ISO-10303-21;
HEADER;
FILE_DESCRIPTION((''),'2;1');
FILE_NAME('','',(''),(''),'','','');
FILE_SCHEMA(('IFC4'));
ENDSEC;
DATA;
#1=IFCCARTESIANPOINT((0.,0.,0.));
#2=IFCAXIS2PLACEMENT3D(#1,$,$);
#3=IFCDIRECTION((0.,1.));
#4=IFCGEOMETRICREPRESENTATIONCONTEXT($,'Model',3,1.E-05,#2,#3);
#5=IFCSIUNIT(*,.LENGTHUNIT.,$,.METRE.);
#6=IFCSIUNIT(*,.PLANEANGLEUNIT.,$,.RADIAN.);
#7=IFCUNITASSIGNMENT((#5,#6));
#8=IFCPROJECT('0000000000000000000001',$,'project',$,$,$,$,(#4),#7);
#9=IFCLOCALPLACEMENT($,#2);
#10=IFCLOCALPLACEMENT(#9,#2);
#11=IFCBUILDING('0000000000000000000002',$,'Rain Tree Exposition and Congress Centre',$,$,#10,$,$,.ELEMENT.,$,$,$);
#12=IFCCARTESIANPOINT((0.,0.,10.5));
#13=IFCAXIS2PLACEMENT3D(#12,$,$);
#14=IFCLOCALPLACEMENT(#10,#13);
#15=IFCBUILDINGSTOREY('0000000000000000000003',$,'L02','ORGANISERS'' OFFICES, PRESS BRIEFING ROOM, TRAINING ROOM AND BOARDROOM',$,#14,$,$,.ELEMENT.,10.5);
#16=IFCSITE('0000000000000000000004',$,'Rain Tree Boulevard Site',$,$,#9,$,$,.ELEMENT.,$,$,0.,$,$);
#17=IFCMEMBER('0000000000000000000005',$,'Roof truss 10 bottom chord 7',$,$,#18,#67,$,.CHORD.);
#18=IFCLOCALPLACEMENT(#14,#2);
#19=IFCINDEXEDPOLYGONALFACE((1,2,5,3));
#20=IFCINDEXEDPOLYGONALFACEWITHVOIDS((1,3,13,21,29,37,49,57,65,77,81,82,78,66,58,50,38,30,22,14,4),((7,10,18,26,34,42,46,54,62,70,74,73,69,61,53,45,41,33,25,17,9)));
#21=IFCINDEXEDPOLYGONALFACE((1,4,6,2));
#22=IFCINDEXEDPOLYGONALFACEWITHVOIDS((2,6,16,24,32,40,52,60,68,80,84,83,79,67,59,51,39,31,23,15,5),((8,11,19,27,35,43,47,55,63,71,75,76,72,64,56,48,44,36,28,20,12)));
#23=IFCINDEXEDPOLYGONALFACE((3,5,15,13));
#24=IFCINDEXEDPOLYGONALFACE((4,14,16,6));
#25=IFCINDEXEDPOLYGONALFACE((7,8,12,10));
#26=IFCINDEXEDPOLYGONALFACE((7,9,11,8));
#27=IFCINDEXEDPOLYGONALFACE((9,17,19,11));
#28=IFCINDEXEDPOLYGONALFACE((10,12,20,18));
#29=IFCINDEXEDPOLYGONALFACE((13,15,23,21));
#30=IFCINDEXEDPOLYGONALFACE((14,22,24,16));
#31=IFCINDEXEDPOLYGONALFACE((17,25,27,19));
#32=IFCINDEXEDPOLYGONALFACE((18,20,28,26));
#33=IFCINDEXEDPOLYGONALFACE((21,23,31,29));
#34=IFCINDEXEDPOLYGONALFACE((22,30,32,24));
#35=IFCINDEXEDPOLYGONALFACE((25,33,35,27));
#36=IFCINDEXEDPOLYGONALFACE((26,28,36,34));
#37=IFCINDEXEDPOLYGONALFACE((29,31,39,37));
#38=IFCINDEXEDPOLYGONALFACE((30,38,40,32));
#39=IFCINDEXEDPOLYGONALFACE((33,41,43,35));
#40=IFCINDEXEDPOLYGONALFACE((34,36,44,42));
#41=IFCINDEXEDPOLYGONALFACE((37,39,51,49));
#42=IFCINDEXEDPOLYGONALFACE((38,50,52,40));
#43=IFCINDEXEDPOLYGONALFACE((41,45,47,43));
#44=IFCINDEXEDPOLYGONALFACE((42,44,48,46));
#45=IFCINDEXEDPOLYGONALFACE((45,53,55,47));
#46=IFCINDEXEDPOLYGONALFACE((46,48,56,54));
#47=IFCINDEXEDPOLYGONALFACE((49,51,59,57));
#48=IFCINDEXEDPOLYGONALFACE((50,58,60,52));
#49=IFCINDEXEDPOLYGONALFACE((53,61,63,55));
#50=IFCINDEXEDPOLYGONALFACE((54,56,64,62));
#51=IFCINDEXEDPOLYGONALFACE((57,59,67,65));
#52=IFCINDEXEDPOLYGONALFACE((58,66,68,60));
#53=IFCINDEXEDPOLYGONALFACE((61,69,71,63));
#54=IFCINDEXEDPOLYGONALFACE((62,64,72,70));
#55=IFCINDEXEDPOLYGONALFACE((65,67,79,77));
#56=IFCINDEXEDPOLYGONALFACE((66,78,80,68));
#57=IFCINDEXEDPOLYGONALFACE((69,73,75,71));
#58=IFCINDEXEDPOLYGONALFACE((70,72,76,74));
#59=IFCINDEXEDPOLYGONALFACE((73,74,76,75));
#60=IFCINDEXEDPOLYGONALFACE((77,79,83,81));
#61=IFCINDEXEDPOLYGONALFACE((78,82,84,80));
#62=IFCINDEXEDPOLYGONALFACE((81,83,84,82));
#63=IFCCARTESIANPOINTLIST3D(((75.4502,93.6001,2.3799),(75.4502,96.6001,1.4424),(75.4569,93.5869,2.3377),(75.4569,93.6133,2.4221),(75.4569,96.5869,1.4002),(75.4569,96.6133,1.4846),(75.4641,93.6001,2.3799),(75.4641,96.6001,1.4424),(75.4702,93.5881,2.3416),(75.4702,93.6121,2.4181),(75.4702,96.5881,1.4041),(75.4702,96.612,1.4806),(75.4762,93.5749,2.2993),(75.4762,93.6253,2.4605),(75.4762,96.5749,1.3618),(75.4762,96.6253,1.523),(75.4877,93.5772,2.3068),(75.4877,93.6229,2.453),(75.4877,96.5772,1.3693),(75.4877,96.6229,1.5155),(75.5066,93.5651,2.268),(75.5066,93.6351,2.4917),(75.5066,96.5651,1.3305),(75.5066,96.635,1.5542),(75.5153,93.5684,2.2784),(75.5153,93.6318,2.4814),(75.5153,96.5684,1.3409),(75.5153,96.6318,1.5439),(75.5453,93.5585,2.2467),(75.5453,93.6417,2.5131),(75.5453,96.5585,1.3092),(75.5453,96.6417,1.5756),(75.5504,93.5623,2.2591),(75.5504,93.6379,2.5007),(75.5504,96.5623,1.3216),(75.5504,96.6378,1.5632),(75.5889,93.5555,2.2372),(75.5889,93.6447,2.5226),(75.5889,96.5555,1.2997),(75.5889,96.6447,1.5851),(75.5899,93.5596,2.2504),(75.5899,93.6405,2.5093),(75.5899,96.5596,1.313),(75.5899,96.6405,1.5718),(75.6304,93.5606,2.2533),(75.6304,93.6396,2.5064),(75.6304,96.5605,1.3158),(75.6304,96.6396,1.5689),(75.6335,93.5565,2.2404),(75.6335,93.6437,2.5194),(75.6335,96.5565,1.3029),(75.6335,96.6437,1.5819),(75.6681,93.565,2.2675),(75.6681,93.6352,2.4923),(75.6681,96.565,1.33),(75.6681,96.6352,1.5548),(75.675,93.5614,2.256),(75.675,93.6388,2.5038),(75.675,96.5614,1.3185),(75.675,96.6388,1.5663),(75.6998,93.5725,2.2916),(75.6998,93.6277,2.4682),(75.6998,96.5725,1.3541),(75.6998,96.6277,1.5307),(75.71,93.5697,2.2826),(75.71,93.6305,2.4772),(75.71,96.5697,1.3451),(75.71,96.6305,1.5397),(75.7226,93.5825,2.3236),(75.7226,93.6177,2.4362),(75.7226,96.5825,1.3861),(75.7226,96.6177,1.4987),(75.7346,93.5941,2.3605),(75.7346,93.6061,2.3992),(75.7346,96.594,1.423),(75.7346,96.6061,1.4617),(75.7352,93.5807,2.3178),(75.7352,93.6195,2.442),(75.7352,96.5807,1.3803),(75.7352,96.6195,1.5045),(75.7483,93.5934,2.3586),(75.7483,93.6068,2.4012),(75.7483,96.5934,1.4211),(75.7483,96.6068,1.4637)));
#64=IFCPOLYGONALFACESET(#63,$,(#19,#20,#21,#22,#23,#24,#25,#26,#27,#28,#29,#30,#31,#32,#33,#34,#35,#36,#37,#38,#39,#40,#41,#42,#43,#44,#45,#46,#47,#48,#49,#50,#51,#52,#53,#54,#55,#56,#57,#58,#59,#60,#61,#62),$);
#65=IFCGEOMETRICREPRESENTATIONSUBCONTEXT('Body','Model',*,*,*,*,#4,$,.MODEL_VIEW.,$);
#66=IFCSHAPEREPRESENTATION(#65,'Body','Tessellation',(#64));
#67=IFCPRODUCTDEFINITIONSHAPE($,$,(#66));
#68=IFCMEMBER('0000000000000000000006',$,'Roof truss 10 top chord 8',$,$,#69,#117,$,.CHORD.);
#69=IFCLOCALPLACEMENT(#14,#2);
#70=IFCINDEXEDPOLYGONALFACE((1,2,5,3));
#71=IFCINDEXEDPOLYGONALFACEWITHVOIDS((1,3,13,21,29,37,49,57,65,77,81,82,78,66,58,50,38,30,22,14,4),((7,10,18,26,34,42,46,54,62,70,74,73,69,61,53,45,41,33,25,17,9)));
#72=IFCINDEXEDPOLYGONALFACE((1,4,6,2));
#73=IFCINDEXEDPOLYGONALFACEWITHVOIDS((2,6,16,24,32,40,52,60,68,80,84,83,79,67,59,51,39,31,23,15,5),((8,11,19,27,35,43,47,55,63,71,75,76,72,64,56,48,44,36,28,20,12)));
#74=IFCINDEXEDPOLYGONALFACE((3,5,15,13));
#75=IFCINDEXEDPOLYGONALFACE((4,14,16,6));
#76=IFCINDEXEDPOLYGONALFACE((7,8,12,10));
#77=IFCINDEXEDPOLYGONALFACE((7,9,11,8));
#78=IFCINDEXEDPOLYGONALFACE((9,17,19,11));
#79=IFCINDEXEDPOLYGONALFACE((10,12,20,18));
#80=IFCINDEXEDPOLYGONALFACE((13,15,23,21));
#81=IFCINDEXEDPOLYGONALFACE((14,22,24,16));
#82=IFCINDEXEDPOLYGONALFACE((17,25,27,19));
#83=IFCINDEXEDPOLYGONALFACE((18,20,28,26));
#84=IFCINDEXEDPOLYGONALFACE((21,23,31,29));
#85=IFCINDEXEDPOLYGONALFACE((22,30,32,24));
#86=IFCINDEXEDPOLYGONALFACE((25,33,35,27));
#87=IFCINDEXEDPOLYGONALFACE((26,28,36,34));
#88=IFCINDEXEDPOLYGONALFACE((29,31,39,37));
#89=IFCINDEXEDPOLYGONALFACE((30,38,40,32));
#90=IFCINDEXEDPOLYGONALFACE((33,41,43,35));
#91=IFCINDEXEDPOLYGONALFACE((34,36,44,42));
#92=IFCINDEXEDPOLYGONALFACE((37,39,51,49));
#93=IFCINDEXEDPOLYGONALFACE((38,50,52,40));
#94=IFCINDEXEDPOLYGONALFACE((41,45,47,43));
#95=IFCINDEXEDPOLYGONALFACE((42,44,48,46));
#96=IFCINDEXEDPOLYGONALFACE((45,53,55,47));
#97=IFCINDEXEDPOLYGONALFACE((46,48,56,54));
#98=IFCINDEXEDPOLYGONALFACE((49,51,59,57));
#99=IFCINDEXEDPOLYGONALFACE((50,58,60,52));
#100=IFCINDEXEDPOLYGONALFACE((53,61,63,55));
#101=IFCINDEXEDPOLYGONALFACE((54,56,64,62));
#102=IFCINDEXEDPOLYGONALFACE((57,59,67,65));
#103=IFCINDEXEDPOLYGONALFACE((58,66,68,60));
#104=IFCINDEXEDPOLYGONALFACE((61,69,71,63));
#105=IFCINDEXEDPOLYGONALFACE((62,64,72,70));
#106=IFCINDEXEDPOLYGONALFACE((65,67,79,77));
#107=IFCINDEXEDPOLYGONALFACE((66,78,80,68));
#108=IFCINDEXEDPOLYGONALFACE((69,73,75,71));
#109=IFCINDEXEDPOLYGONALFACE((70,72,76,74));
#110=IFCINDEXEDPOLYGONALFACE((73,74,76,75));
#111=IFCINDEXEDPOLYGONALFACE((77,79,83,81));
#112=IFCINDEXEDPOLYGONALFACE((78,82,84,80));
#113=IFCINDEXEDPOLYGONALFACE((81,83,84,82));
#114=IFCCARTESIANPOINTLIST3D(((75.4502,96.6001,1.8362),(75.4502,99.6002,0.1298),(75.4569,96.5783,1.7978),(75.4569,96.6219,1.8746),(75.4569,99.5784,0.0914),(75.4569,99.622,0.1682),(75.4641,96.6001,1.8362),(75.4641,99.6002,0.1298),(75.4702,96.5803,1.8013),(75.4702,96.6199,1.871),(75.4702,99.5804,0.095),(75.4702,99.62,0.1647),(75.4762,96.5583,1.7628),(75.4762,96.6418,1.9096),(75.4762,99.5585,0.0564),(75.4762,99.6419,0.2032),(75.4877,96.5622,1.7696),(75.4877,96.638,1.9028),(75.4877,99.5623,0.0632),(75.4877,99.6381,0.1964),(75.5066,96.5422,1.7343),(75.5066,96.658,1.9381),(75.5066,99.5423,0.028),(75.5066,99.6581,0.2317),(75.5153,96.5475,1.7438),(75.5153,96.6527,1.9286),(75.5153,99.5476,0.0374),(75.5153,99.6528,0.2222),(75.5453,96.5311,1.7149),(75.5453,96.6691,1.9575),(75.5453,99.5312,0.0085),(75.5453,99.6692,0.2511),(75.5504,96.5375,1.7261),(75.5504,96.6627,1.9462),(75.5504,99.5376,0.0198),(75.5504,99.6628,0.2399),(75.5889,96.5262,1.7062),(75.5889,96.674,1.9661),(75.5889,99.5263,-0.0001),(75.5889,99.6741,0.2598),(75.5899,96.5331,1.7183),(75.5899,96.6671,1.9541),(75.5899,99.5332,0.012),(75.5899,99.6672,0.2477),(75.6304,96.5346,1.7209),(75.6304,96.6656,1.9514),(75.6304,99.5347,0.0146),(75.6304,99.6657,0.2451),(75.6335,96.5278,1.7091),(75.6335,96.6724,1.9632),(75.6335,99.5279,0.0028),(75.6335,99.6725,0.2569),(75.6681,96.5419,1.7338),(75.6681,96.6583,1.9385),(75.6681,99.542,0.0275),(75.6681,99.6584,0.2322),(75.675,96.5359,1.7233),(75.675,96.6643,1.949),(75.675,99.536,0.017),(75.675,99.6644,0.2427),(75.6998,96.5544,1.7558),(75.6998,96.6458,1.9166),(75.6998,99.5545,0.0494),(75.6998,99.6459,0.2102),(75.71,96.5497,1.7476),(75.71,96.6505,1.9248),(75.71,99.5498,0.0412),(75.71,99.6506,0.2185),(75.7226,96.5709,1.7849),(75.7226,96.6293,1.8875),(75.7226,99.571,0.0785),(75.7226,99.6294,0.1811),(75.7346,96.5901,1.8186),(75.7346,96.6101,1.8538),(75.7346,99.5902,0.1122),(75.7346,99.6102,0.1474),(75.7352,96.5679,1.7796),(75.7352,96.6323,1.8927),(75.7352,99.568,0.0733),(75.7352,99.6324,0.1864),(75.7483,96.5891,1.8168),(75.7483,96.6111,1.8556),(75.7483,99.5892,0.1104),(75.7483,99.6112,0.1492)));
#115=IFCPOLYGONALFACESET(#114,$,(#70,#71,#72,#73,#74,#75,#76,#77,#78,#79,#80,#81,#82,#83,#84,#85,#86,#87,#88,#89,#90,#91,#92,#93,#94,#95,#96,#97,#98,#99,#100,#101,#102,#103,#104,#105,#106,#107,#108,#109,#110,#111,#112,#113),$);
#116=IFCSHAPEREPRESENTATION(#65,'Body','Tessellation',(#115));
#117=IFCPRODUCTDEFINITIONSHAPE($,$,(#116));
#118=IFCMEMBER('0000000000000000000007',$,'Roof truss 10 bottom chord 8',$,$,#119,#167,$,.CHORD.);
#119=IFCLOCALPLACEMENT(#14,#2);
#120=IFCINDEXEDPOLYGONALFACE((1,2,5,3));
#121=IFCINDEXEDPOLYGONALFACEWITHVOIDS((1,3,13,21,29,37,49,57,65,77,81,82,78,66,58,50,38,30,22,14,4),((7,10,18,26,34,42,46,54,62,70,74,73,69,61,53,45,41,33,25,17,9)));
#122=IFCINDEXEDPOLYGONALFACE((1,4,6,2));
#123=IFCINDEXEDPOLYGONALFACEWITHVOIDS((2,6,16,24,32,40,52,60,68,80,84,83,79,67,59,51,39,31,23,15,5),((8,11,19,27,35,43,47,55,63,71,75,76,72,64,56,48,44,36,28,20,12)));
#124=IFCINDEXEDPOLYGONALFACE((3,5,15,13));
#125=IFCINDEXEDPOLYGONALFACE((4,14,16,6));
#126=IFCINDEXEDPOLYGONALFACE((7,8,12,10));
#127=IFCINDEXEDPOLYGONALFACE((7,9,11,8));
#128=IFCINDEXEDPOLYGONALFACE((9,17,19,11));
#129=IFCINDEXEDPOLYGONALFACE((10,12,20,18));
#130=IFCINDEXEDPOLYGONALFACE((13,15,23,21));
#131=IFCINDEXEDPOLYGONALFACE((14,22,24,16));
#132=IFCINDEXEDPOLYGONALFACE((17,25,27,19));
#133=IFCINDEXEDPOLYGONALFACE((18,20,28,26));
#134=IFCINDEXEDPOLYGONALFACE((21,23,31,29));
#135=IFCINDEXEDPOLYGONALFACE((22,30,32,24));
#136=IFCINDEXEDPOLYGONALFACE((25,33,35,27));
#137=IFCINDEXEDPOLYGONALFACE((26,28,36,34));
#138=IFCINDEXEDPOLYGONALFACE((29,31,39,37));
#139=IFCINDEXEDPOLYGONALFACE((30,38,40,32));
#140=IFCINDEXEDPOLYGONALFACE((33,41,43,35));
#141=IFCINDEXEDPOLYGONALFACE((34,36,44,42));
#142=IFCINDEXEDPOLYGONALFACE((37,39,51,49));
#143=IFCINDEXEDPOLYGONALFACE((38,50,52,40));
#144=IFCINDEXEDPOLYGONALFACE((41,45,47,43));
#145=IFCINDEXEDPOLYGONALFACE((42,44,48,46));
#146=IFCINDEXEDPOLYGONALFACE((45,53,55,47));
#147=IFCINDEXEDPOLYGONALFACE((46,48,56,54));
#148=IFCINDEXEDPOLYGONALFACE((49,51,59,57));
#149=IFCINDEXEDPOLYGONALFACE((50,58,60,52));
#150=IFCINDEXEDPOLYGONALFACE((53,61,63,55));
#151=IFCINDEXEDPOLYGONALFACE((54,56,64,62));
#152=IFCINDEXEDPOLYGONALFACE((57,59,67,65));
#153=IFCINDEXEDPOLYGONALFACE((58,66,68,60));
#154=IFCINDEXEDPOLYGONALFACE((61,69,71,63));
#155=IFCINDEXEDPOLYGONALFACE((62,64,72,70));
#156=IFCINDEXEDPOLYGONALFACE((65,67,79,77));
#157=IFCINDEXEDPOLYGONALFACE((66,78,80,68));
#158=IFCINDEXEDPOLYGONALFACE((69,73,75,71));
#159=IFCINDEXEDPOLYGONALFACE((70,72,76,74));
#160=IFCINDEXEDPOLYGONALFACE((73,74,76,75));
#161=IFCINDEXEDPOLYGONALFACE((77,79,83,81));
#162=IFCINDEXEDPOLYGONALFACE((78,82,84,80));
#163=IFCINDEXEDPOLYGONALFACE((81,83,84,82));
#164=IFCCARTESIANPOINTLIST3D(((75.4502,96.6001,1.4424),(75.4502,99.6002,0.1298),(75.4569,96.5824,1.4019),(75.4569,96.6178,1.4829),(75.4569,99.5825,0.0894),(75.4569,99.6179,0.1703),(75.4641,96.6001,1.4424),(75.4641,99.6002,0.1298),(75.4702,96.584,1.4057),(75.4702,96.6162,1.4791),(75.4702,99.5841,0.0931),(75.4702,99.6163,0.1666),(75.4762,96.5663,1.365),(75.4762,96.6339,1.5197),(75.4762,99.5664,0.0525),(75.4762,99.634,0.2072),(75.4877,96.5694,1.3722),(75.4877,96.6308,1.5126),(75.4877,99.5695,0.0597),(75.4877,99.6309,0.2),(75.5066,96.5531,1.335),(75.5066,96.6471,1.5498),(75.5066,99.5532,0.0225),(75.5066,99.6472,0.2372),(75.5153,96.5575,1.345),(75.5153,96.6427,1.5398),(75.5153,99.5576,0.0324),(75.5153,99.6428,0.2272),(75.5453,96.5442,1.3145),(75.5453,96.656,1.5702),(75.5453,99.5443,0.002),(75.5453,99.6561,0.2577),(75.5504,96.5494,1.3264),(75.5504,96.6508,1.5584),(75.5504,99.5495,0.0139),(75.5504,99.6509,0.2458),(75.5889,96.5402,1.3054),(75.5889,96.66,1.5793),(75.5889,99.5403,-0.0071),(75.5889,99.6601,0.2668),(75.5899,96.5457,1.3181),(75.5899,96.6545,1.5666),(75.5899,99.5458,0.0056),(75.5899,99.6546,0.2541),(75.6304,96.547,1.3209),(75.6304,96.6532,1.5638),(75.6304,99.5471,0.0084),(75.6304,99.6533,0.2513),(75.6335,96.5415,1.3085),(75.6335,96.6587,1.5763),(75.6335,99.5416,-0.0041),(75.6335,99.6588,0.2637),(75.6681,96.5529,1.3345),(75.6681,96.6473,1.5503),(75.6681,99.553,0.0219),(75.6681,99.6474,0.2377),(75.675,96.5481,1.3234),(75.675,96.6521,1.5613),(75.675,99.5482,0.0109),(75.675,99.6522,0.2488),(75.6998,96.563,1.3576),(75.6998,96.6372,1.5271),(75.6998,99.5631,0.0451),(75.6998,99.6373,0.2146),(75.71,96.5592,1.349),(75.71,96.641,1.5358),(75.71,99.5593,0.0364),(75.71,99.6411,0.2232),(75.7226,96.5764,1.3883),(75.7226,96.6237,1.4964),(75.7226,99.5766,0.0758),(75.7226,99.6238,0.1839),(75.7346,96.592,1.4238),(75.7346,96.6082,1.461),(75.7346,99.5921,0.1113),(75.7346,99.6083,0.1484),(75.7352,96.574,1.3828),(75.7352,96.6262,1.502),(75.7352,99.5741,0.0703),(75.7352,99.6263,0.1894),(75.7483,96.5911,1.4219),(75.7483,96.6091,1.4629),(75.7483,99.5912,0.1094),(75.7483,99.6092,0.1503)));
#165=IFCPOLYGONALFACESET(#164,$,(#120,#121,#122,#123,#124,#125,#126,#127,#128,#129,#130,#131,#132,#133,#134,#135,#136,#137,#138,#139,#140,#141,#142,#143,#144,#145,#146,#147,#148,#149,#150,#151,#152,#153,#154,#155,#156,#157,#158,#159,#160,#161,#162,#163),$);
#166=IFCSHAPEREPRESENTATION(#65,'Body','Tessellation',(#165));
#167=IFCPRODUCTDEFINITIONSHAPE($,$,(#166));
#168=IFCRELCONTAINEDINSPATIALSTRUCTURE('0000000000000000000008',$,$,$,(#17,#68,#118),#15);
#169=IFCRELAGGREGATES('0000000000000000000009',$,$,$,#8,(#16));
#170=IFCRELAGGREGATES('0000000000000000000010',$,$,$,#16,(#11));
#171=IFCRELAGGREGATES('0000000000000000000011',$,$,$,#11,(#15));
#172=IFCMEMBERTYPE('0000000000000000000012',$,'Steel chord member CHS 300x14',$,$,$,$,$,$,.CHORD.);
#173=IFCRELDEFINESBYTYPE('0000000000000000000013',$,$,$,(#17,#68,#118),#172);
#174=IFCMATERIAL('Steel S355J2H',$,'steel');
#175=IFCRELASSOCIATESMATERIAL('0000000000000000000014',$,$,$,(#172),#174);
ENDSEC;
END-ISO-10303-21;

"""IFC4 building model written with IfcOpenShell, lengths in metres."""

from ifc_helpers import new_model, si_unit, direction, frame, origin, origin_2d, place, context, subcontext, project, spatial, hollow_circle, extrude, material, material_profile, profile_set, type_object, element, save


model = new_model("IFC4")

# Units and contexts
model_context = context("Model", 3, precision=1e-05, world=origin(), true_north=direction((0.0, 1.0)))
body_context = subcontext(model_context, "Body", "Model", "MODEL_VIEW")
ifc_project = project(units=[si_unit("LENGTHUNIT", "METRE"), si_unit("PLANEANGLEUNIT", "RADIAN")], contexts=[model_context])

# Site, building, storey
site_placement = place(None, origin())
site = spatial("IfcSite", under=ifc_project, at=site_placement, Name="Rain Tree Boulevard Site", CompositionType="ELEMENT", RefElevation=0.0)
building_placement = place(site_placement, origin())
building = spatial("IfcBuilding", under=site, at=building_placement, Name="Rain Tree Exposition and Congress Centre", CompositionType="ELEMENT")
storey_placement = place(building_placement, frame((0.0, 0.0, 10.5)))
storey = spatial("IfcBuildingStorey", under=building, at=storey_placement, Name="L02", Description="ORGANISERS' OFFICES, PRESS BRIEFING ROOM, TRAINING ROOM AND BOARDROOM", CompositionType="ELEMENT", Elevation=10.5)

# Members
ifc_material_1 = material(Name="Steel S355J2H", Category="steel")
ifc_material_profile_1 = material_profile(ifc_material_1, hollow_circle(Radius=0.1499, WallThickness=0.0139, at=origin_2d()), Name="CHS 300x14")
ifc_profile_set_1 = profile_set([ifc_material_profile_1], Name="Steel S355J2H")
member_type_1 = type_object("IfcMemberType", Name="Steel chord member CHS 300x14", PredefinedType="CHORD", material=ifc_profile_set_1)
member_1_placement = place(storey_placement, frame((75.6001, 93.6001, 2.3799), z_axis=(0.0, 0.95448, -0.298275), x_axis=(-1.0, 0.0, 0.0)))
element("IfcMember", 1, at=member_1_placement, inside=storey, type_object=member_type_1, Name="Roof truss 10 bottom chord 7", PredefinedType="CHORD", context=body_context, shape_type="SweptSolid", body=[
    extrude(hollow_circle(Radius=0.1499, WallThickness=0.0139, at=origin_2d()), origin(), (0.0, 0.0, 1.0), 3.1431),
])
member_2_placement = place(storey_placement, frame((75.6001, 96.6001, 1.8362), z_axis=(0.0, 0.869238, -0.494393), x_axis=(-1.0, 0.0, 0.0)))
element("IfcMember", 2, at=member_2_placement, inside=storey, type_object=member_type_1, Name="Roof truss 10 top chord 8", PredefinedType="CHORD", context=body_context, shape_type="SweptSolid", body=[
    extrude(hollow_circle(Radius=0.1499, WallThickness=0.0139, at=origin_2d()), origin(), (0.0, 0.0, 1.0), 3.4514),
])
member_3_placement = place(storey_placement, frame((75.6001, 96.6001, 1.4424), z_axis=(0.0, 0.916157, -0.400819), x_axis=(-1.0, 0.0, 0.0)))
element("IfcMember", 3, at=member_3_placement, inside=storey, type_object=member_type_1, Name="Roof truss 10 bottom chord 8", PredefinedType="CHORD", context=body_context, shape_type="SweptSolid", body=[
    extrude(hollow_circle(Radius=0.1499, WallThickness=0.0139, at=origin_2d()), origin(), (0.0, 0.0, 1.0), 3.2747),
])

save(model, "model.ifc")
